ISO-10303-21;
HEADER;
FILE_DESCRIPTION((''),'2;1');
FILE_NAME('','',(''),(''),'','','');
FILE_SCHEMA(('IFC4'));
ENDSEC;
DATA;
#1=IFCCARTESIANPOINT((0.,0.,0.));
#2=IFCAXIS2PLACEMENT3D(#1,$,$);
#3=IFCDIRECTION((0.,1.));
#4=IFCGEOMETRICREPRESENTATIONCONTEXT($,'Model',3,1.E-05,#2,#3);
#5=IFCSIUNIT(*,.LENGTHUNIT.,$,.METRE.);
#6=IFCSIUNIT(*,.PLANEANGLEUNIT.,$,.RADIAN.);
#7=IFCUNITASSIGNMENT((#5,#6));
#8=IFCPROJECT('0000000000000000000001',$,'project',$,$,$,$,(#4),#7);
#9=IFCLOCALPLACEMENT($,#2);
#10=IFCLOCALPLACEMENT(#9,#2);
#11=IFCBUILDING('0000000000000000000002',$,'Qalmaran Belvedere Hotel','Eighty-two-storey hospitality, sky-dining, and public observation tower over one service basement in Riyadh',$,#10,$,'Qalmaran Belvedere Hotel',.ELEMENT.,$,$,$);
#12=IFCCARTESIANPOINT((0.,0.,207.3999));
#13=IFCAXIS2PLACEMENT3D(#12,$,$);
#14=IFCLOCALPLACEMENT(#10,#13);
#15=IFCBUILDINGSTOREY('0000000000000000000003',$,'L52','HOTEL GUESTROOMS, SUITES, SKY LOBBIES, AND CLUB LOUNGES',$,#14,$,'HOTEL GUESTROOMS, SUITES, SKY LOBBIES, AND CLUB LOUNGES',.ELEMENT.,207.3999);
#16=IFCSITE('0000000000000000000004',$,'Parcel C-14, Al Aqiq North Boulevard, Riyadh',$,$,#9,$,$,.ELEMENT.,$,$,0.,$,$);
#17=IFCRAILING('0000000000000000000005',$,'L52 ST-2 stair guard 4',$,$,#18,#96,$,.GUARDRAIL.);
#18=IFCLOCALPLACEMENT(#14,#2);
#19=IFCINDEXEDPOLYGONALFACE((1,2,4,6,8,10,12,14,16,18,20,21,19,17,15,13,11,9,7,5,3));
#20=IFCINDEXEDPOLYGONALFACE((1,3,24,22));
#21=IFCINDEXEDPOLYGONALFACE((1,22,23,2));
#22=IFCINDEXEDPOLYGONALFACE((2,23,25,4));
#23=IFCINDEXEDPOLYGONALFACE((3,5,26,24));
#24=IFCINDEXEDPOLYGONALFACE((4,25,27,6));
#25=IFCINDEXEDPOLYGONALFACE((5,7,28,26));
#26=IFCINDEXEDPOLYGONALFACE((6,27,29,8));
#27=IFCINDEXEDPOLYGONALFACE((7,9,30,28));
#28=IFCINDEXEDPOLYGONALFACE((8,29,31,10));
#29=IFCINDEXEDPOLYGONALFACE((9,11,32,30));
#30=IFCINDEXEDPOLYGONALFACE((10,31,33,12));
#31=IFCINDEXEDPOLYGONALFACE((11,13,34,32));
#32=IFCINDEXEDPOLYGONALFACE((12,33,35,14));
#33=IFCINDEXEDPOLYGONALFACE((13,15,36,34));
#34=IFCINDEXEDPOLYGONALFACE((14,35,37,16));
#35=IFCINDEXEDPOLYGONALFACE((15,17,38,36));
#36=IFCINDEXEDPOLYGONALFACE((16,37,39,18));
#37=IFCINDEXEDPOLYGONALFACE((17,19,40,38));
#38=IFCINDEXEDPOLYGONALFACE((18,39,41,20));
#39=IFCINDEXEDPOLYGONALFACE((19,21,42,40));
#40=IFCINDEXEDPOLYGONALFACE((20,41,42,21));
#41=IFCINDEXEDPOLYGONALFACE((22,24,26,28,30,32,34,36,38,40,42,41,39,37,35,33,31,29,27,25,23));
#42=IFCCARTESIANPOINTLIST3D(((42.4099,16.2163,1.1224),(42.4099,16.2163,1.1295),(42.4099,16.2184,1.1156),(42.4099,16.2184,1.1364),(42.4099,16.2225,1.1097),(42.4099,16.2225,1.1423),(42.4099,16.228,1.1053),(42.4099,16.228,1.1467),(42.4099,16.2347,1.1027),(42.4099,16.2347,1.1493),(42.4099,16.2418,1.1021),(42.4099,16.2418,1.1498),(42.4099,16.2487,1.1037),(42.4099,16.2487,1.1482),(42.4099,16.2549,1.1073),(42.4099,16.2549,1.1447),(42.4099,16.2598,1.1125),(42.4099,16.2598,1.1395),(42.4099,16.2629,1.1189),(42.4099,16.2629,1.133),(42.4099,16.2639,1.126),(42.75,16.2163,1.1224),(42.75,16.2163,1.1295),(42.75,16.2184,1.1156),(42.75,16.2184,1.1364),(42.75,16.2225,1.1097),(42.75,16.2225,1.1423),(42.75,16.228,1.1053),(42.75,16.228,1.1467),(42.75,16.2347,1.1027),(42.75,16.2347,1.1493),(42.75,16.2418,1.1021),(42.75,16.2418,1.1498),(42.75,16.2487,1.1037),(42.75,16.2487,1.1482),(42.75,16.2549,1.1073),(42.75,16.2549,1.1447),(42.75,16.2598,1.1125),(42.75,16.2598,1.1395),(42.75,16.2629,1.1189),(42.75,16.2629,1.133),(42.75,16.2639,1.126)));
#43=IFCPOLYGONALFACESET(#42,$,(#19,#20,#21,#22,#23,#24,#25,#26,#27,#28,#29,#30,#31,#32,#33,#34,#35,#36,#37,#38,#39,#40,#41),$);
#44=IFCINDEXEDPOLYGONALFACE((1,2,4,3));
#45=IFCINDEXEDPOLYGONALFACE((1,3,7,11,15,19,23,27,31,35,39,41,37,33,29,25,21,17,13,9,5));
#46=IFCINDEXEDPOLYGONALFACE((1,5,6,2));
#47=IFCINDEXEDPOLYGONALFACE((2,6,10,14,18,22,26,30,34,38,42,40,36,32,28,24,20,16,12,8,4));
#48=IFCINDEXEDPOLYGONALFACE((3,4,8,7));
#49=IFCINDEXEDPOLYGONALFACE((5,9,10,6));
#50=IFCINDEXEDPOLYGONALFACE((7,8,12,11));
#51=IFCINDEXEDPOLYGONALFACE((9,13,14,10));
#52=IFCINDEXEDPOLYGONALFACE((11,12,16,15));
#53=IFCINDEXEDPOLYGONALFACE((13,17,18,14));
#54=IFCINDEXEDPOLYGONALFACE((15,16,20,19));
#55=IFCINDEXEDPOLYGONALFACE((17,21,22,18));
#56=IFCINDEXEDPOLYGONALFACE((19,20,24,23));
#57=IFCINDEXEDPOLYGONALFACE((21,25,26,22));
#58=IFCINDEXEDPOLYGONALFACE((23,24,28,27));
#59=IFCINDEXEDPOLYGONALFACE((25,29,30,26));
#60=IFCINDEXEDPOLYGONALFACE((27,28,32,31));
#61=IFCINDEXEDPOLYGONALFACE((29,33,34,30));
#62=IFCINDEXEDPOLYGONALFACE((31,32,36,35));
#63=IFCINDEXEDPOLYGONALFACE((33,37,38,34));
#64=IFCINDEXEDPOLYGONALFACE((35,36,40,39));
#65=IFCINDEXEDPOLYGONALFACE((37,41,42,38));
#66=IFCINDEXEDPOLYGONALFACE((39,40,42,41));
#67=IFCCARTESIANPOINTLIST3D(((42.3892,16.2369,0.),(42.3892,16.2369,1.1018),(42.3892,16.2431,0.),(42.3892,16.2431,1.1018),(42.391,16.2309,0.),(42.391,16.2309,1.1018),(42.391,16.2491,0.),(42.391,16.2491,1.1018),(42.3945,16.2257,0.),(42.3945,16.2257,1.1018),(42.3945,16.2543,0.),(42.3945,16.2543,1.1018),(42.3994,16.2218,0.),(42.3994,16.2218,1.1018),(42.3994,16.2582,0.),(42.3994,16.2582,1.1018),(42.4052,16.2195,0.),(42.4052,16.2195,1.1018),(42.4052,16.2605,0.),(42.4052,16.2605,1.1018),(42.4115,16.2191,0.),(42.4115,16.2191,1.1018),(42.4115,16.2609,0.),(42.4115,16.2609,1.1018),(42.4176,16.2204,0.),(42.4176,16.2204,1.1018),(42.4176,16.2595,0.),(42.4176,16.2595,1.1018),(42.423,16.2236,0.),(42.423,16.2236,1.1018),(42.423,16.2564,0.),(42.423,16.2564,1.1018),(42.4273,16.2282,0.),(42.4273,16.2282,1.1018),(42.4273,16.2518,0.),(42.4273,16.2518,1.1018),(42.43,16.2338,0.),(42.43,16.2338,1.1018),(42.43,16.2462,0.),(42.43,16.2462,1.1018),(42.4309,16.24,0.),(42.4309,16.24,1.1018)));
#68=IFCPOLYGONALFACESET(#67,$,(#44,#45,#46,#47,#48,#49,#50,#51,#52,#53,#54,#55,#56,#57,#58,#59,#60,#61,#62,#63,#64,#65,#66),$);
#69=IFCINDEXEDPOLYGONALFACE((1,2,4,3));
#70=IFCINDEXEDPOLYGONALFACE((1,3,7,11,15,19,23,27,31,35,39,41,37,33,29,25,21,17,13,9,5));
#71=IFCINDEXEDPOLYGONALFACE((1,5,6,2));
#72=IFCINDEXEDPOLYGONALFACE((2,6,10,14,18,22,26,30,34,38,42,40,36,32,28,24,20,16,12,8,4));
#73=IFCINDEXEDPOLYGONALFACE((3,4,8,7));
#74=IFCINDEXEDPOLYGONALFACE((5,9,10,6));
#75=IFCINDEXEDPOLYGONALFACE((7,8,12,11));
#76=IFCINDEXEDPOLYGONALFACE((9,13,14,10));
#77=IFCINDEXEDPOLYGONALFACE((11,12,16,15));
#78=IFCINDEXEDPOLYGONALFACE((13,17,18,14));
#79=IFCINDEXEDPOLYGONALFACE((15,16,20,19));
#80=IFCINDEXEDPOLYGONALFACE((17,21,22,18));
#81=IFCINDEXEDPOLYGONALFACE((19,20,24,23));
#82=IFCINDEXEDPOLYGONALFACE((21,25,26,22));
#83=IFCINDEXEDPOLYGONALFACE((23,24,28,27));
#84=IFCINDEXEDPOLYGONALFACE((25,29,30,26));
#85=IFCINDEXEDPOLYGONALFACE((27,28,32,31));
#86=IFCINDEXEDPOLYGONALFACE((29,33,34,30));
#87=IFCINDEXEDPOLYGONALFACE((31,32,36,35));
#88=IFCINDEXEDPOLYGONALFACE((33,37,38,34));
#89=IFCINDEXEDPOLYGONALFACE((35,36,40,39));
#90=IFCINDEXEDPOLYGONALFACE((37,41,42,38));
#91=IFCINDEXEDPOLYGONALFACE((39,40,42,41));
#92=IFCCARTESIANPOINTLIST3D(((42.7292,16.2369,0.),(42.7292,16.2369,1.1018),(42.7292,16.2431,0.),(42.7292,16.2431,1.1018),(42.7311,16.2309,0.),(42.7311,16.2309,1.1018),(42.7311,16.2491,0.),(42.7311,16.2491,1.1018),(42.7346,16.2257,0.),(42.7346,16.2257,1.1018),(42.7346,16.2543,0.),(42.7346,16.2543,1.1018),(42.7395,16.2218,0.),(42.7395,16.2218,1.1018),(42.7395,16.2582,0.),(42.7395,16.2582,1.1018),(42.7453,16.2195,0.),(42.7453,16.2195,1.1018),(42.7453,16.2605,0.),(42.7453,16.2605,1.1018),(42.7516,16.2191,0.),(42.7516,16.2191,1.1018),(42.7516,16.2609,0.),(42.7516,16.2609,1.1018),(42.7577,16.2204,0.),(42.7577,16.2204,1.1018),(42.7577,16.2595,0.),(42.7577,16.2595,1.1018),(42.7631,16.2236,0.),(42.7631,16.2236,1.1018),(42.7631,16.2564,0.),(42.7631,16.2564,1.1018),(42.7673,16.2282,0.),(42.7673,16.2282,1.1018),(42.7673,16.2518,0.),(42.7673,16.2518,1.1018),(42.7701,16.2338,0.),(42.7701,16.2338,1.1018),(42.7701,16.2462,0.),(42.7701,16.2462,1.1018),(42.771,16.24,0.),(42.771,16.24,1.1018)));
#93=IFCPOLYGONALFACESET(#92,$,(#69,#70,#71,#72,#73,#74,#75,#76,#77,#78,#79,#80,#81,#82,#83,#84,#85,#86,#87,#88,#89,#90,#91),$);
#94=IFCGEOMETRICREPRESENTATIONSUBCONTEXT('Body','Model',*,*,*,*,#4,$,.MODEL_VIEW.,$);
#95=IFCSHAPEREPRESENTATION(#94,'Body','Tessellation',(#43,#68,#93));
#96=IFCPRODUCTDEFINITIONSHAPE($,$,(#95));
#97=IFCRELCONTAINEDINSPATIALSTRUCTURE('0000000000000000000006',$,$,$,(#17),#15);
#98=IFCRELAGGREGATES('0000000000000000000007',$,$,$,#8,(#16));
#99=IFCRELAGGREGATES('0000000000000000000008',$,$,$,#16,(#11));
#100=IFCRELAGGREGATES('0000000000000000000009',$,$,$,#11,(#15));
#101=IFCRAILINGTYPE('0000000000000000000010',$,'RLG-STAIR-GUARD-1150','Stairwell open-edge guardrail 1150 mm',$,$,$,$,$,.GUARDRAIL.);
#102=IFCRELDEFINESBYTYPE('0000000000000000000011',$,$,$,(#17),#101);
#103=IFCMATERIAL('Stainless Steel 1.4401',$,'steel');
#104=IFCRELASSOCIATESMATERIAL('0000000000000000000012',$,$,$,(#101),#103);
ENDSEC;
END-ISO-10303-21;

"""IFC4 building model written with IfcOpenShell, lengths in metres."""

from ifc_helpers import new_model, si_unit, direction, frame, origin, origin_2d, place, context, subcontext, project, spatial, circle, extrude, material, type_object, element, save


model = new_model("IFC4")

# Units and contexts
model_context = context("Model", 3, precision=1e-05, world=origin(), true_north=direction((0.0, 1.0)))
body_context = subcontext(model_context, "Body", "Model", "MODEL_VIEW")
ifc_project = project(units=[si_unit("LENGTHUNIT", "METRE"), si_unit("PLANEANGLEUNIT", "RADIAN")], contexts=[model_context])

# Site, building, storey
site_placement = place(None, origin())
site = spatial("IfcSite", under=ifc_project, at=site_placement, Name="Parcel C-14, Al Aqiq North Boulevard, Riyadh", CompositionType="ELEMENT", RefElevation=0.0)
building_placement = place(site_placement, origin())
building = spatial("IfcBuilding", under=site, at=building_placement, Name="Qalmaran Belvedere Hotel", Description="Eighty-two-storey hospitality, sky-dining, and public observation tower over one service basement in Riyadh", LongName="Qalmaran Belvedere Hotel", CompositionType="ELEMENT")
storey_placement = place(building_placement, frame((0.0, 0.0, 207.3999)))
storey = spatial("IfcBuildingStorey", under=building, at=storey_placement, Name="L52", Description="HOTEL GUESTROOMS, SUITES, SKY LOBBIES, AND CLUB LOUNGES", LongName="HOTEL GUESTROOMS, SUITES, SKY LOBBIES, AND CLUB LOUNGES", CompositionType="ELEMENT", Elevation=207.3999)

# Railing
ifc_material_1 = material(Name="Stainless Steel 1.4401", Category="steel")
railing_type_1 = type_object("IfcRailingType", Name="RLG-STAIR-GUARD-1150", Description="Stairwell open-edge guardrail 1150 mm", PredefinedType="GUARDRAIL", material=ifc_material_1)
railing_1_placement = place(storey_placement, frame((42.4099, 16.24, 0.0)))
element("IfcRailing", 1, at=railing_1_placement, inside=storey, type_object=railing_type_1, Name="L52 ST-2 stair guard 4", PredefinedType="GUARDRAIL", context=body_context, shape_type="SweptSolid", body=[
    extrude(circle(Radius=0.0239, at=origin_2d()), frame((0.0, 0.0, 1.126), z_axis=(1.0, 0.0, 0.0), x_axis=(0.0, 1.0, 0.0)), (0.0, 0.0, 1.0), 0.3401),
    extrude(circle(Radius=0.021, at=origin_2d()), origin(), (0.0, 0.0, 1.0), 1.1018),
    extrude(circle(Radius=0.021, at=origin_2d()), frame((0.3401, 0.0, 0.0)), (0.0, 0.0, 1.0), 1.1018),
])

save(model, "model.ifc")
